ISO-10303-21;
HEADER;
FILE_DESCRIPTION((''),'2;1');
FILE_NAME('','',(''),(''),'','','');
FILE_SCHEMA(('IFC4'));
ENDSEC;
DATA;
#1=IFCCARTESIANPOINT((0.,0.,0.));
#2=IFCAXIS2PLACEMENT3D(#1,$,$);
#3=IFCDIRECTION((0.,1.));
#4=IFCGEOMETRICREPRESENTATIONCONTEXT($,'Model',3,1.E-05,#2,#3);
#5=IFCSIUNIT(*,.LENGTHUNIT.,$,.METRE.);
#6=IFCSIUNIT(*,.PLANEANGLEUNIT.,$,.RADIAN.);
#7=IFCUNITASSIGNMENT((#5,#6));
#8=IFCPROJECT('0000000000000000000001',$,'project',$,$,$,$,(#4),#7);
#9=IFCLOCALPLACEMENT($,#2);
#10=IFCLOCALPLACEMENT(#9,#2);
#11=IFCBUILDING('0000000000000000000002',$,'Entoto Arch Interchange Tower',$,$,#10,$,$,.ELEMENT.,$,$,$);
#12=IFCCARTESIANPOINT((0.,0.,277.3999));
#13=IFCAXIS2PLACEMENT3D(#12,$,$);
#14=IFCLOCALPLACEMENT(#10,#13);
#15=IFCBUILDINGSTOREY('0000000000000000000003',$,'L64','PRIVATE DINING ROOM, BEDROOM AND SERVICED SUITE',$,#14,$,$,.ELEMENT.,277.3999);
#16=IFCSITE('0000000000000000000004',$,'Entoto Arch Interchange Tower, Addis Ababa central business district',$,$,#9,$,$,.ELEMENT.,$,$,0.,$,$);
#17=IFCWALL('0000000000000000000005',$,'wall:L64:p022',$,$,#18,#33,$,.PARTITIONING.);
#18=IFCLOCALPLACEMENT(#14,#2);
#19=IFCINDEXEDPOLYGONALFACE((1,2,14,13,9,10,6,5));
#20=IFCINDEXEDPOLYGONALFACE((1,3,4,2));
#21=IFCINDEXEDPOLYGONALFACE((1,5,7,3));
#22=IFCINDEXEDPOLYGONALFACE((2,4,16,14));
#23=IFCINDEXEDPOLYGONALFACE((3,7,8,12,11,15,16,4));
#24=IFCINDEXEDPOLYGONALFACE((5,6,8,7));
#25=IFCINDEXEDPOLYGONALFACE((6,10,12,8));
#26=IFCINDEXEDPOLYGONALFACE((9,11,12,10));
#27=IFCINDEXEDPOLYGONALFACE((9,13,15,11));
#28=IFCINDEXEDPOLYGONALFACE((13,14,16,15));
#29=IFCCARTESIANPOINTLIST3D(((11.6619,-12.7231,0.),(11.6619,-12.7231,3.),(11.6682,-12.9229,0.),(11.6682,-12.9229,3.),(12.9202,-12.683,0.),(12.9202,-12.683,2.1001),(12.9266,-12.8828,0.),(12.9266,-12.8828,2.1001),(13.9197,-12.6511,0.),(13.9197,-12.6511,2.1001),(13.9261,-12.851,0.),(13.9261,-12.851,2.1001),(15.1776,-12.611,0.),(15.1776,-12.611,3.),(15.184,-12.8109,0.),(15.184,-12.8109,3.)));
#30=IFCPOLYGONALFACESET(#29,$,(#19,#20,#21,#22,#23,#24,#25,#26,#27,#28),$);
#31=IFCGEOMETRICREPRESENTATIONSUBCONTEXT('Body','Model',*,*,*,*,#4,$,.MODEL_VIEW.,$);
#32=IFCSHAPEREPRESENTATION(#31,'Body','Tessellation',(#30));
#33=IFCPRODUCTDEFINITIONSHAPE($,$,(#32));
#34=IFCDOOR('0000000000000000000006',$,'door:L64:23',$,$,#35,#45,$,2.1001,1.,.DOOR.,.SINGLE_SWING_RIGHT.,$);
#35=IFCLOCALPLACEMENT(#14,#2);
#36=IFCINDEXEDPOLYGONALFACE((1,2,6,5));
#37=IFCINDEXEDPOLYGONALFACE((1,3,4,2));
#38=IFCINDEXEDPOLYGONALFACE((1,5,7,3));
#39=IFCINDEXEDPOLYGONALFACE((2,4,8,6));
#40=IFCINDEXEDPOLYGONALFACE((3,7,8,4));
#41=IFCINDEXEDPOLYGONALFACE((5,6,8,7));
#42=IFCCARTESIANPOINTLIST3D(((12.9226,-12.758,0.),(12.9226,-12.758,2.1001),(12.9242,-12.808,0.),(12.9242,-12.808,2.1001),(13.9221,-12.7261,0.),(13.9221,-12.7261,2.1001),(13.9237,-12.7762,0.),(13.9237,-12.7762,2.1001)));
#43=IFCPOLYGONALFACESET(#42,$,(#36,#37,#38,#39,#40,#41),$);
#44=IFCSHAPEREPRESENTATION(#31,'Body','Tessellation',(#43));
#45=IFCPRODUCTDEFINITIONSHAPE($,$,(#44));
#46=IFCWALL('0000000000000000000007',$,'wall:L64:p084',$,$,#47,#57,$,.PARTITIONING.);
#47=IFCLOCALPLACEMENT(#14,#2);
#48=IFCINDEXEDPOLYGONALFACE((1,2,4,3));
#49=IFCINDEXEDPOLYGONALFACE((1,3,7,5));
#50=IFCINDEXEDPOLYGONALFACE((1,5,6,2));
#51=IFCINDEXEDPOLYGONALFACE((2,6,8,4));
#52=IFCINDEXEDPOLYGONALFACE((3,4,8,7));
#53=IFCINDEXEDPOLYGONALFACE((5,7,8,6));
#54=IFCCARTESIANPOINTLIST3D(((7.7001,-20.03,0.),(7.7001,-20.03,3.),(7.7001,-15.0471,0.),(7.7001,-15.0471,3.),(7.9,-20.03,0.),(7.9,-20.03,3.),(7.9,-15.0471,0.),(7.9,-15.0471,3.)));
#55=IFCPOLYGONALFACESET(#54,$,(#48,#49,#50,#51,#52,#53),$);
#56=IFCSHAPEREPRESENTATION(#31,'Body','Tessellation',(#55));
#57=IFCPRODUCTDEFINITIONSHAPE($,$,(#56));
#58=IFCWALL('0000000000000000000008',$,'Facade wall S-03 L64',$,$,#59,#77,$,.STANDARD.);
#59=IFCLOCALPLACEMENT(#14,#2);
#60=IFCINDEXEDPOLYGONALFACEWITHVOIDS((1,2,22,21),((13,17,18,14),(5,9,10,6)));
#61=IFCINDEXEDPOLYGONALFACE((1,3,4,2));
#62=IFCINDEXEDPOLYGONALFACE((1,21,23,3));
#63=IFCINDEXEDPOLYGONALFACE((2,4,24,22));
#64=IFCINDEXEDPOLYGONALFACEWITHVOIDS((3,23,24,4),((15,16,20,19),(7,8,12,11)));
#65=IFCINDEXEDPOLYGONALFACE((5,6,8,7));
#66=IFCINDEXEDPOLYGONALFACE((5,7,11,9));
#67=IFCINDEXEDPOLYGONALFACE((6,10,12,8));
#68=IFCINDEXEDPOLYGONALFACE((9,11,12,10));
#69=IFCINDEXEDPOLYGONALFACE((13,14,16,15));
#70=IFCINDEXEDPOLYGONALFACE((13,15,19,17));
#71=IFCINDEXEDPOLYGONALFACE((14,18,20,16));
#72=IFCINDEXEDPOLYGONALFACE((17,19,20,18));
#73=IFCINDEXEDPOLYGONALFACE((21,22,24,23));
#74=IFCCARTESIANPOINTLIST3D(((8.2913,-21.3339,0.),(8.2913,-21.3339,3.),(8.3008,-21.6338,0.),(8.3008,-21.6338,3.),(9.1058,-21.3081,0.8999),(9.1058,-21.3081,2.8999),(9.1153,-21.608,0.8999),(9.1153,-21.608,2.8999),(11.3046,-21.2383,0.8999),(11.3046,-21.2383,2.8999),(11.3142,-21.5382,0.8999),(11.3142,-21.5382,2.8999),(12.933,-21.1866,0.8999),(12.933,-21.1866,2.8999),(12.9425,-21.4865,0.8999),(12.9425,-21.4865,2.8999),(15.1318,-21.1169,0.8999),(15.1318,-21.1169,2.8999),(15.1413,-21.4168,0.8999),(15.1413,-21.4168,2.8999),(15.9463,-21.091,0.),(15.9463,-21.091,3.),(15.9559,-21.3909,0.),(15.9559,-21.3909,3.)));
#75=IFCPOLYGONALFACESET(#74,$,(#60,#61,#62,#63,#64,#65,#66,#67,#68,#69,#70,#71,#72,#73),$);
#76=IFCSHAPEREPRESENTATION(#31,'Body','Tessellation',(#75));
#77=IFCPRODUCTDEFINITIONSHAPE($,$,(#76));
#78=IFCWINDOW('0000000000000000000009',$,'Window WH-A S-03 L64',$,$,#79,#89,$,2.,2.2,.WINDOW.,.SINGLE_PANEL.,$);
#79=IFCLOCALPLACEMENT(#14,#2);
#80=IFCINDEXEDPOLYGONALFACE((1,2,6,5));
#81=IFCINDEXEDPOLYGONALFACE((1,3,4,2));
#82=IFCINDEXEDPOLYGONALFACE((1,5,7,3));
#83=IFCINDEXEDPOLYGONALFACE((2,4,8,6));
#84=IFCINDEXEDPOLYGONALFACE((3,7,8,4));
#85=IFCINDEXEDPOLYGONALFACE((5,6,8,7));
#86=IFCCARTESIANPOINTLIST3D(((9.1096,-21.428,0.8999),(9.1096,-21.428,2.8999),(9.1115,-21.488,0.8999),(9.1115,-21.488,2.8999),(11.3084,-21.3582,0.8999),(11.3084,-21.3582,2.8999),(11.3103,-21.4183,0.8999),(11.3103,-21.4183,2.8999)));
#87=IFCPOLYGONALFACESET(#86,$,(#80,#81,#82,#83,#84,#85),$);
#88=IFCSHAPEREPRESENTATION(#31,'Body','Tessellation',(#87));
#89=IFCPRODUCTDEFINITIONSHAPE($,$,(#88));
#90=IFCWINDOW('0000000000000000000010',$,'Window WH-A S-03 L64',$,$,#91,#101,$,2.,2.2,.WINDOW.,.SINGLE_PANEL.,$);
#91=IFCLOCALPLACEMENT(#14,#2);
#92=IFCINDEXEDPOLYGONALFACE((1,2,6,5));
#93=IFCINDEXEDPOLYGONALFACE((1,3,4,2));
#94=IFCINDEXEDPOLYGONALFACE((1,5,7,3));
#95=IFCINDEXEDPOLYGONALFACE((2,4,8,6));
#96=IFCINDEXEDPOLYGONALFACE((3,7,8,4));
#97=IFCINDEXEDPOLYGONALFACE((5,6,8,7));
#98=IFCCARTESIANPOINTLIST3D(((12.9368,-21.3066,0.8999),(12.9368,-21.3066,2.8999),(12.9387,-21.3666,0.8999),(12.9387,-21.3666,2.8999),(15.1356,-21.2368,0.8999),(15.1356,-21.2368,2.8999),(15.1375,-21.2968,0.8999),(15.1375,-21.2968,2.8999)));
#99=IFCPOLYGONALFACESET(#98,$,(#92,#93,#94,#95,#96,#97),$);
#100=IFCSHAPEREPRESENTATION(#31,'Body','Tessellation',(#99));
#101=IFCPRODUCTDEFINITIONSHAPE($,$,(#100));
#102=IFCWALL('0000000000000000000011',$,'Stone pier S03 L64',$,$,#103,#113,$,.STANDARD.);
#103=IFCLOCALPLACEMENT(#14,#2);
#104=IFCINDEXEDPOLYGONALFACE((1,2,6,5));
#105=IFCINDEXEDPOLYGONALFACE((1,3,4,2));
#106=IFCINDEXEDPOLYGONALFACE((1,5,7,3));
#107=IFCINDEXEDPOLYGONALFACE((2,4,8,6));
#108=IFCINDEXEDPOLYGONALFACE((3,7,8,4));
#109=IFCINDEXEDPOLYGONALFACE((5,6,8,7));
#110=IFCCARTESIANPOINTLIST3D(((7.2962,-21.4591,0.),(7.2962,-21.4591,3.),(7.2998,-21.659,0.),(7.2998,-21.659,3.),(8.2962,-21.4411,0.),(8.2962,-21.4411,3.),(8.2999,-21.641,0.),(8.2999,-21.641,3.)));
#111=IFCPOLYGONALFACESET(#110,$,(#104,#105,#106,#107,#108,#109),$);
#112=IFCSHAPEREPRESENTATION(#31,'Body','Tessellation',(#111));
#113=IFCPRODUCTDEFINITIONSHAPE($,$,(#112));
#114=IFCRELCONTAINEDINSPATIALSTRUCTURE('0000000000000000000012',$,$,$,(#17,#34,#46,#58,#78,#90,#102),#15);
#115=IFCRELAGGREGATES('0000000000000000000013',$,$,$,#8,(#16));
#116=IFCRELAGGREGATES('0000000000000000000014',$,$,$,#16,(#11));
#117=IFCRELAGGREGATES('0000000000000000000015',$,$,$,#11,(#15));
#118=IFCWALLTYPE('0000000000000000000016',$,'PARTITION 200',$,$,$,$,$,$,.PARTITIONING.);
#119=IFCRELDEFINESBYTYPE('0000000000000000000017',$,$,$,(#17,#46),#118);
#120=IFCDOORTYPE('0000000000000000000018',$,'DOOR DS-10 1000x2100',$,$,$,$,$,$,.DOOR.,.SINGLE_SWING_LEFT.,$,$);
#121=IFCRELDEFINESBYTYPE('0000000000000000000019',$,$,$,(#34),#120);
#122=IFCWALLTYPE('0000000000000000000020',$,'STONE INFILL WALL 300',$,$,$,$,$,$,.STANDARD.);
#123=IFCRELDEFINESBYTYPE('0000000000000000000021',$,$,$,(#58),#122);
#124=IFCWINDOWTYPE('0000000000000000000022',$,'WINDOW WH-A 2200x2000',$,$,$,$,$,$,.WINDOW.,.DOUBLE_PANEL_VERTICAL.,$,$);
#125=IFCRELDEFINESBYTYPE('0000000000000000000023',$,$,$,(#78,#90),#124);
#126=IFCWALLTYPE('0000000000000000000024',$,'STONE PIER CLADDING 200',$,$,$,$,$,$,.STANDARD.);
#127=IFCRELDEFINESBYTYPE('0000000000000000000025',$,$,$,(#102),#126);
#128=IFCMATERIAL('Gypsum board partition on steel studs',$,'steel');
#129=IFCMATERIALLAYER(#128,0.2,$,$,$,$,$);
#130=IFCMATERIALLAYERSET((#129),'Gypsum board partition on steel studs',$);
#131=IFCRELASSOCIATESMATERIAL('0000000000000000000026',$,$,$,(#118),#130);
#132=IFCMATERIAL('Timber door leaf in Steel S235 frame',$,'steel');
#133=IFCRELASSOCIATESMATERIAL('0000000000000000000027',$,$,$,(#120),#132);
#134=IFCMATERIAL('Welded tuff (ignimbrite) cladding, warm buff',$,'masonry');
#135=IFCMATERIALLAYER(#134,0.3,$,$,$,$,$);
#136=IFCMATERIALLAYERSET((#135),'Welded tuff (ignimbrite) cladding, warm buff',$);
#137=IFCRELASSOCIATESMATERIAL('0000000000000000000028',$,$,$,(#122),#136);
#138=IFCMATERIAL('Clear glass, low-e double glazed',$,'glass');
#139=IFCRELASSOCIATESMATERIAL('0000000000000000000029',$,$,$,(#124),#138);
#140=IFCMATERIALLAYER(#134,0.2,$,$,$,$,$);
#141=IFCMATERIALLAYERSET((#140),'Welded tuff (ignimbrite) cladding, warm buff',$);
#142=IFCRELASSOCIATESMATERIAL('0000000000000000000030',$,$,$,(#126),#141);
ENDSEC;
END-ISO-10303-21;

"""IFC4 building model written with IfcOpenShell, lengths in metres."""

from ifc_helpers import new_model, si_unit, direction, frame, frame_2d, origin, place, context, subcontext, project, spatial, rectangle, extrude, material, layer, layer_set, type_object, element, fill, save


model = new_model("IFC4")

# Units and contexts
model_context = context("Model", 3, precision=1e-05, world=origin(), true_north=direction((0.0, 1.0)))
body_context = subcontext(model_context, "Body", "Model", "MODEL_VIEW")
ifc_project = project(units=[si_unit("LENGTHUNIT", "METRE"), si_unit("PLANEANGLEUNIT", "RADIAN")], contexts=[model_context])

# Site, building, storey
site_placement = place(None, origin())
site = spatial("IfcSite", under=ifc_project, at=site_placement, Name="Entoto Arch Interchange Tower, Addis Ababa central business district", CompositionType="ELEMENT", RefElevation=0.0)
building_placement = place(site_placement, origin())
building = spatial("IfcBuilding", under=site, at=building_placement, Name="Entoto Arch Interchange Tower", CompositionType="ELEMENT")
storey_placement = place(building_placement, frame((0.0, 0.0, 277.3999)))
storey = spatial("IfcBuildingStorey", under=building, at=storey_placement, Name="L64", Description="PRIVATE DINING ROOM, BEDROOM AND SERVICED SUITE", CompositionType="ELEMENT", Elevation=277.3999)

# Shared definitions
ifc_material_1 = material(Name="Clear glass, low-e double glazed", Category="glass")

# Shared definitions
ifc_material_2 = material(Name="Gypsum board partition on steel studs", Category="steel")
ifc_layer_1 = layer(ifc_material_2, 0.2)
ifc_layer_set_1 = layer_set([ifc_layer_1], Name="Gypsum board partition on steel studs")
wall_type_1 = type_object("IfcWallType", Name="PARTITION 200", PredefinedType="PARTITIONING", material=ifc_layer_set_1)

# Wall, opening, door
wall_1_placement = place(storey_placement, frame((11.665, -12.823, 0.0), z_axis=(0.0, 0.0, 1.0), x_axis=(0.999492, 0.031857, 0.0)))
wall_1 = element("IfcWall", 1, at=wall_1_placement, inside=storey, type_object=wall_type_1, Name="wall:L64:p022", PredefinedType="PARTITIONING", context=body_context, shape_type="SweptSolid", body=[
    extrude(rectangle(XDim=3.5176, YDim=0.2, at=frame_2d((1.7588, 0.0))), origin(), (0.0, 0.0, 1.0), 3.0),
])
opening_1_placement = place(wall_1_placement, frame((1.259, 0.0, 0.0)))
opening_1 = element("IfcOpeningElement", 2, at=opening_1_placement, cuts=wall_1, PredefinedType="OPENING", context=body_context, shape_type="SweptSolid", body=[
    extrude(rectangle(XDim=1.0, YDim=2.1001, at=frame_2d((0.5, 1.05))), frame((0.0, 0.1099, 0.0), z_axis=(0.0, -1.0, 0.0), x_axis=(1.0, 0.0, 0.0)), (0.0, 0.0, 1.0), 0.22),
])
ifc_material_3 = material(Name="Timber door leaf in Steel S235 frame", Category="steel")
door_type = type_object("IfcDoorType", Name="DOOR DS-10 1000x2100", OperationType="SINGLE_SWING_LEFT", PredefinedType="DOOR", material=ifc_material_3)
door_placement = place(opening_1_placement, origin())
door = element("IfcDoor", 3, at=door_placement, inside=storey, type_object=door_type, Name="door:L64:23", OperationType="SINGLE_SWING_RIGHT", OverallHeight=2.1001, OverallWidth=1.0, PredefinedType="DOOR", context=body_context, shape_type="SweptSolid", body=[
    extrude(rectangle(XDim=1.0, YDim=2.1001, at=frame_2d((0.5, 1.05))), frame((0.0, 0.0249, 0.0), z_axis=(0.0, -1.0, 0.0), x_axis=(1.0, 0.0, 0.0)), (0.0, 0.0, 1.0), 0.05),
])
fill(opening_1, door)

# Wall
wall_2_placement = place(storey_placement, frame((7.8, -15.0471, 0.0), z_axis=(0.0, 0.0, 1.0), x_axis=(0.0, -1.0, 0.0)))
element("IfcWall", 4, at=wall_2_placement, inside=storey, type_object=wall_type_1, Name="wall:L64:p084", PredefinedType="PARTITIONING", context=body_context, shape_type="SweptSolid", body=[
    extrude(rectangle(XDim=4.9829, YDim=0.2, at=frame_2d((2.4915, 0.0))), origin(), (0.0, 0.0, 1.0), 3.0),
])

# Wall, openings, windows
ifc_material_4 = material(Name="Welded tuff (ignimbrite) cladding, warm buff", Category="masonry")
ifc_layer_2 = layer(ifc_material_4, 0.3)
ifc_layer_set_2 = layer_set([ifc_layer_2], Name="Welded tuff (ignimbrite) cladding, warm buff")
wall_type_2 = type_object("IfcWallType", Name="STONE INFILL WALL 300", PredefinedType="STANDARD", material=ifc_layer_set_2)
wall_3_placement = place(storey_placement, frame((8.2959, -21.4839, 0.0), z_axis=(0.0, 0.0, 1.0), x_axis=(0.999497, 0.031717, 0.0)))
wall_3 = element("IfcWall", 5, at=wall_3_placement, inside=storey, type_object=wall_type_2, Name="Facade wall S-03 L64", PredefinedType="STANDARD", context=body_context, shape_type="SweptSolid", body=[
    extrude(rectangle(XDim=7.6589, YDim=0.3, at=frame_2d((3.8296, 0.0))), origin(), (0.0, 0.0, 1.0), 3.0),
])
opening_2_placement = place(wall_3_placement, frame((0.8149, 0.0, 0.8999)))
opening_2 = element("IfcOpeningElement", 6, at=opening_2_placement, cuts=wall_3, PredefinedType="OPENING", context=body_context, shape_type="SweptSolid", body=[
    extrude(rectangle(XDim=2.2, YDim=2.0, at=frame_2d((1.1001, 1.0))), frame((0.0, 0.1602, 0.0), z_axis=(0.0, -1.0, 0.0), x_axis=(1.0, 0.0, 0.0)), (0.0, 0.0, 1.0), 0.3201),
])
opening_3_placement = place(wall_3_placement, frame((4.644, 0.0, 0.8999)))
opening_3 = element("IfcOpeningElement", 7, at=opening_3_placement, cuts=wall_3, PredefinedType="OPENING", context=body_context, shape_type="SweptSolid", body=[
    extrude(rectangle(XDim=2.2, YDim=2.0, at=frame_2d((1.1001, 1.0))), frame((0.0, 0.1602, 0.0), z_axis=(0.0, -1.0, 0.0), x_axis=(1.0, 0.0, 0.0)), (0.0, 0.0, 1.0), 0.3201),
])
window_type = type_object("IfcWindowType", Name="WINDOW WH-A 2200x2000", PartitioningType="DOUBLE_PANEL_VERTICAL", PredefinedType="WINDOW", material=ifc_material_1)
window_1_placement = place(opening_2_placement, origin())
window_1 = element("IfcWindow", 8, at=window_1_placement, inside=storey, type_object=window_type, Name="Window WH-A S-03 L64", OverallHeight=2.0, OverallWidth=2.2, PartitioningType="SINGLE_PANEL", PredefinedType="WINDOW", context=body_context, shape_type="SweptSolid", body=[
    extrude(rectangle(XDim=2.2, YDim=2.0, at=frame_2d((1.1001, 1.0))), frame((0.0, 0.03, 0.0), z_axis=(0.0, -1.0, 0.0), x_axis=(1.0, 0.0, 0.0)), (0.0, 0.0, 1.0), 0.0601),
])
fill(opening_2, window_1)
window_2_placement = place(opening_3_placement, origin())
window_2 = element("IfcWindow", 9, at=window_2_placement, inside=storey, type_object=window_type, Name="Window WH-A S-03 L64", OverallHeight=2.0, OverallWidth=2.2, PartitioningType="SINGLE_PANEL", PredefinedType="WINDOW", context=body_context, shape_type="SweptSolid", body=[
    extrude(rectangle(XDim=2.2, YDim=2.0, at=frame_2d((1.1001, 1.0))), frame((0.0, 0.03, 0.0), z_axis=(0.0, -1.0, 0.0), x_axis=(1.0, 0.0, 0.0)), (0.0, 0.0, 1.0), 0.0601),
])
fill(opening_3, window_2)

# Wall
ifc_layer_3 = layer(ifc_material_4, 0.2)
ifc_layer_set_3 = layer_set([ifc_layer_3], Name="Welded tuff (ignimbrite) cladding, warm buff")
wall_type_3 = type_object("IfcWallType", Name="STONE PIER CLADDING 200", PredefinedType="STANDARD", material=ifc_layer_set_3)
wall_4_placement = place(storey_placement, frame((7.2981, -21.5591, 0.0), z_axis=(0.0, 0.0, 1.0), x_axis=(0.999837, 0.018063, 0.0)))
element("IfcWall", 10, at=wall_4_placement, inside=storey, type_object=wall_type_3, Name="Stone pier S03 L64", PredefinedType="STANDARD", context=body_context, shape_type="SweptSolid", body=[
    extrude(rectangle(XDim=1.0002, YDim=0.2, at=frame_2d((0.5, 0.0))), origin(), (0.0, 0.0, 1.0), 3.0),
])

save(model, "model.ifc")
